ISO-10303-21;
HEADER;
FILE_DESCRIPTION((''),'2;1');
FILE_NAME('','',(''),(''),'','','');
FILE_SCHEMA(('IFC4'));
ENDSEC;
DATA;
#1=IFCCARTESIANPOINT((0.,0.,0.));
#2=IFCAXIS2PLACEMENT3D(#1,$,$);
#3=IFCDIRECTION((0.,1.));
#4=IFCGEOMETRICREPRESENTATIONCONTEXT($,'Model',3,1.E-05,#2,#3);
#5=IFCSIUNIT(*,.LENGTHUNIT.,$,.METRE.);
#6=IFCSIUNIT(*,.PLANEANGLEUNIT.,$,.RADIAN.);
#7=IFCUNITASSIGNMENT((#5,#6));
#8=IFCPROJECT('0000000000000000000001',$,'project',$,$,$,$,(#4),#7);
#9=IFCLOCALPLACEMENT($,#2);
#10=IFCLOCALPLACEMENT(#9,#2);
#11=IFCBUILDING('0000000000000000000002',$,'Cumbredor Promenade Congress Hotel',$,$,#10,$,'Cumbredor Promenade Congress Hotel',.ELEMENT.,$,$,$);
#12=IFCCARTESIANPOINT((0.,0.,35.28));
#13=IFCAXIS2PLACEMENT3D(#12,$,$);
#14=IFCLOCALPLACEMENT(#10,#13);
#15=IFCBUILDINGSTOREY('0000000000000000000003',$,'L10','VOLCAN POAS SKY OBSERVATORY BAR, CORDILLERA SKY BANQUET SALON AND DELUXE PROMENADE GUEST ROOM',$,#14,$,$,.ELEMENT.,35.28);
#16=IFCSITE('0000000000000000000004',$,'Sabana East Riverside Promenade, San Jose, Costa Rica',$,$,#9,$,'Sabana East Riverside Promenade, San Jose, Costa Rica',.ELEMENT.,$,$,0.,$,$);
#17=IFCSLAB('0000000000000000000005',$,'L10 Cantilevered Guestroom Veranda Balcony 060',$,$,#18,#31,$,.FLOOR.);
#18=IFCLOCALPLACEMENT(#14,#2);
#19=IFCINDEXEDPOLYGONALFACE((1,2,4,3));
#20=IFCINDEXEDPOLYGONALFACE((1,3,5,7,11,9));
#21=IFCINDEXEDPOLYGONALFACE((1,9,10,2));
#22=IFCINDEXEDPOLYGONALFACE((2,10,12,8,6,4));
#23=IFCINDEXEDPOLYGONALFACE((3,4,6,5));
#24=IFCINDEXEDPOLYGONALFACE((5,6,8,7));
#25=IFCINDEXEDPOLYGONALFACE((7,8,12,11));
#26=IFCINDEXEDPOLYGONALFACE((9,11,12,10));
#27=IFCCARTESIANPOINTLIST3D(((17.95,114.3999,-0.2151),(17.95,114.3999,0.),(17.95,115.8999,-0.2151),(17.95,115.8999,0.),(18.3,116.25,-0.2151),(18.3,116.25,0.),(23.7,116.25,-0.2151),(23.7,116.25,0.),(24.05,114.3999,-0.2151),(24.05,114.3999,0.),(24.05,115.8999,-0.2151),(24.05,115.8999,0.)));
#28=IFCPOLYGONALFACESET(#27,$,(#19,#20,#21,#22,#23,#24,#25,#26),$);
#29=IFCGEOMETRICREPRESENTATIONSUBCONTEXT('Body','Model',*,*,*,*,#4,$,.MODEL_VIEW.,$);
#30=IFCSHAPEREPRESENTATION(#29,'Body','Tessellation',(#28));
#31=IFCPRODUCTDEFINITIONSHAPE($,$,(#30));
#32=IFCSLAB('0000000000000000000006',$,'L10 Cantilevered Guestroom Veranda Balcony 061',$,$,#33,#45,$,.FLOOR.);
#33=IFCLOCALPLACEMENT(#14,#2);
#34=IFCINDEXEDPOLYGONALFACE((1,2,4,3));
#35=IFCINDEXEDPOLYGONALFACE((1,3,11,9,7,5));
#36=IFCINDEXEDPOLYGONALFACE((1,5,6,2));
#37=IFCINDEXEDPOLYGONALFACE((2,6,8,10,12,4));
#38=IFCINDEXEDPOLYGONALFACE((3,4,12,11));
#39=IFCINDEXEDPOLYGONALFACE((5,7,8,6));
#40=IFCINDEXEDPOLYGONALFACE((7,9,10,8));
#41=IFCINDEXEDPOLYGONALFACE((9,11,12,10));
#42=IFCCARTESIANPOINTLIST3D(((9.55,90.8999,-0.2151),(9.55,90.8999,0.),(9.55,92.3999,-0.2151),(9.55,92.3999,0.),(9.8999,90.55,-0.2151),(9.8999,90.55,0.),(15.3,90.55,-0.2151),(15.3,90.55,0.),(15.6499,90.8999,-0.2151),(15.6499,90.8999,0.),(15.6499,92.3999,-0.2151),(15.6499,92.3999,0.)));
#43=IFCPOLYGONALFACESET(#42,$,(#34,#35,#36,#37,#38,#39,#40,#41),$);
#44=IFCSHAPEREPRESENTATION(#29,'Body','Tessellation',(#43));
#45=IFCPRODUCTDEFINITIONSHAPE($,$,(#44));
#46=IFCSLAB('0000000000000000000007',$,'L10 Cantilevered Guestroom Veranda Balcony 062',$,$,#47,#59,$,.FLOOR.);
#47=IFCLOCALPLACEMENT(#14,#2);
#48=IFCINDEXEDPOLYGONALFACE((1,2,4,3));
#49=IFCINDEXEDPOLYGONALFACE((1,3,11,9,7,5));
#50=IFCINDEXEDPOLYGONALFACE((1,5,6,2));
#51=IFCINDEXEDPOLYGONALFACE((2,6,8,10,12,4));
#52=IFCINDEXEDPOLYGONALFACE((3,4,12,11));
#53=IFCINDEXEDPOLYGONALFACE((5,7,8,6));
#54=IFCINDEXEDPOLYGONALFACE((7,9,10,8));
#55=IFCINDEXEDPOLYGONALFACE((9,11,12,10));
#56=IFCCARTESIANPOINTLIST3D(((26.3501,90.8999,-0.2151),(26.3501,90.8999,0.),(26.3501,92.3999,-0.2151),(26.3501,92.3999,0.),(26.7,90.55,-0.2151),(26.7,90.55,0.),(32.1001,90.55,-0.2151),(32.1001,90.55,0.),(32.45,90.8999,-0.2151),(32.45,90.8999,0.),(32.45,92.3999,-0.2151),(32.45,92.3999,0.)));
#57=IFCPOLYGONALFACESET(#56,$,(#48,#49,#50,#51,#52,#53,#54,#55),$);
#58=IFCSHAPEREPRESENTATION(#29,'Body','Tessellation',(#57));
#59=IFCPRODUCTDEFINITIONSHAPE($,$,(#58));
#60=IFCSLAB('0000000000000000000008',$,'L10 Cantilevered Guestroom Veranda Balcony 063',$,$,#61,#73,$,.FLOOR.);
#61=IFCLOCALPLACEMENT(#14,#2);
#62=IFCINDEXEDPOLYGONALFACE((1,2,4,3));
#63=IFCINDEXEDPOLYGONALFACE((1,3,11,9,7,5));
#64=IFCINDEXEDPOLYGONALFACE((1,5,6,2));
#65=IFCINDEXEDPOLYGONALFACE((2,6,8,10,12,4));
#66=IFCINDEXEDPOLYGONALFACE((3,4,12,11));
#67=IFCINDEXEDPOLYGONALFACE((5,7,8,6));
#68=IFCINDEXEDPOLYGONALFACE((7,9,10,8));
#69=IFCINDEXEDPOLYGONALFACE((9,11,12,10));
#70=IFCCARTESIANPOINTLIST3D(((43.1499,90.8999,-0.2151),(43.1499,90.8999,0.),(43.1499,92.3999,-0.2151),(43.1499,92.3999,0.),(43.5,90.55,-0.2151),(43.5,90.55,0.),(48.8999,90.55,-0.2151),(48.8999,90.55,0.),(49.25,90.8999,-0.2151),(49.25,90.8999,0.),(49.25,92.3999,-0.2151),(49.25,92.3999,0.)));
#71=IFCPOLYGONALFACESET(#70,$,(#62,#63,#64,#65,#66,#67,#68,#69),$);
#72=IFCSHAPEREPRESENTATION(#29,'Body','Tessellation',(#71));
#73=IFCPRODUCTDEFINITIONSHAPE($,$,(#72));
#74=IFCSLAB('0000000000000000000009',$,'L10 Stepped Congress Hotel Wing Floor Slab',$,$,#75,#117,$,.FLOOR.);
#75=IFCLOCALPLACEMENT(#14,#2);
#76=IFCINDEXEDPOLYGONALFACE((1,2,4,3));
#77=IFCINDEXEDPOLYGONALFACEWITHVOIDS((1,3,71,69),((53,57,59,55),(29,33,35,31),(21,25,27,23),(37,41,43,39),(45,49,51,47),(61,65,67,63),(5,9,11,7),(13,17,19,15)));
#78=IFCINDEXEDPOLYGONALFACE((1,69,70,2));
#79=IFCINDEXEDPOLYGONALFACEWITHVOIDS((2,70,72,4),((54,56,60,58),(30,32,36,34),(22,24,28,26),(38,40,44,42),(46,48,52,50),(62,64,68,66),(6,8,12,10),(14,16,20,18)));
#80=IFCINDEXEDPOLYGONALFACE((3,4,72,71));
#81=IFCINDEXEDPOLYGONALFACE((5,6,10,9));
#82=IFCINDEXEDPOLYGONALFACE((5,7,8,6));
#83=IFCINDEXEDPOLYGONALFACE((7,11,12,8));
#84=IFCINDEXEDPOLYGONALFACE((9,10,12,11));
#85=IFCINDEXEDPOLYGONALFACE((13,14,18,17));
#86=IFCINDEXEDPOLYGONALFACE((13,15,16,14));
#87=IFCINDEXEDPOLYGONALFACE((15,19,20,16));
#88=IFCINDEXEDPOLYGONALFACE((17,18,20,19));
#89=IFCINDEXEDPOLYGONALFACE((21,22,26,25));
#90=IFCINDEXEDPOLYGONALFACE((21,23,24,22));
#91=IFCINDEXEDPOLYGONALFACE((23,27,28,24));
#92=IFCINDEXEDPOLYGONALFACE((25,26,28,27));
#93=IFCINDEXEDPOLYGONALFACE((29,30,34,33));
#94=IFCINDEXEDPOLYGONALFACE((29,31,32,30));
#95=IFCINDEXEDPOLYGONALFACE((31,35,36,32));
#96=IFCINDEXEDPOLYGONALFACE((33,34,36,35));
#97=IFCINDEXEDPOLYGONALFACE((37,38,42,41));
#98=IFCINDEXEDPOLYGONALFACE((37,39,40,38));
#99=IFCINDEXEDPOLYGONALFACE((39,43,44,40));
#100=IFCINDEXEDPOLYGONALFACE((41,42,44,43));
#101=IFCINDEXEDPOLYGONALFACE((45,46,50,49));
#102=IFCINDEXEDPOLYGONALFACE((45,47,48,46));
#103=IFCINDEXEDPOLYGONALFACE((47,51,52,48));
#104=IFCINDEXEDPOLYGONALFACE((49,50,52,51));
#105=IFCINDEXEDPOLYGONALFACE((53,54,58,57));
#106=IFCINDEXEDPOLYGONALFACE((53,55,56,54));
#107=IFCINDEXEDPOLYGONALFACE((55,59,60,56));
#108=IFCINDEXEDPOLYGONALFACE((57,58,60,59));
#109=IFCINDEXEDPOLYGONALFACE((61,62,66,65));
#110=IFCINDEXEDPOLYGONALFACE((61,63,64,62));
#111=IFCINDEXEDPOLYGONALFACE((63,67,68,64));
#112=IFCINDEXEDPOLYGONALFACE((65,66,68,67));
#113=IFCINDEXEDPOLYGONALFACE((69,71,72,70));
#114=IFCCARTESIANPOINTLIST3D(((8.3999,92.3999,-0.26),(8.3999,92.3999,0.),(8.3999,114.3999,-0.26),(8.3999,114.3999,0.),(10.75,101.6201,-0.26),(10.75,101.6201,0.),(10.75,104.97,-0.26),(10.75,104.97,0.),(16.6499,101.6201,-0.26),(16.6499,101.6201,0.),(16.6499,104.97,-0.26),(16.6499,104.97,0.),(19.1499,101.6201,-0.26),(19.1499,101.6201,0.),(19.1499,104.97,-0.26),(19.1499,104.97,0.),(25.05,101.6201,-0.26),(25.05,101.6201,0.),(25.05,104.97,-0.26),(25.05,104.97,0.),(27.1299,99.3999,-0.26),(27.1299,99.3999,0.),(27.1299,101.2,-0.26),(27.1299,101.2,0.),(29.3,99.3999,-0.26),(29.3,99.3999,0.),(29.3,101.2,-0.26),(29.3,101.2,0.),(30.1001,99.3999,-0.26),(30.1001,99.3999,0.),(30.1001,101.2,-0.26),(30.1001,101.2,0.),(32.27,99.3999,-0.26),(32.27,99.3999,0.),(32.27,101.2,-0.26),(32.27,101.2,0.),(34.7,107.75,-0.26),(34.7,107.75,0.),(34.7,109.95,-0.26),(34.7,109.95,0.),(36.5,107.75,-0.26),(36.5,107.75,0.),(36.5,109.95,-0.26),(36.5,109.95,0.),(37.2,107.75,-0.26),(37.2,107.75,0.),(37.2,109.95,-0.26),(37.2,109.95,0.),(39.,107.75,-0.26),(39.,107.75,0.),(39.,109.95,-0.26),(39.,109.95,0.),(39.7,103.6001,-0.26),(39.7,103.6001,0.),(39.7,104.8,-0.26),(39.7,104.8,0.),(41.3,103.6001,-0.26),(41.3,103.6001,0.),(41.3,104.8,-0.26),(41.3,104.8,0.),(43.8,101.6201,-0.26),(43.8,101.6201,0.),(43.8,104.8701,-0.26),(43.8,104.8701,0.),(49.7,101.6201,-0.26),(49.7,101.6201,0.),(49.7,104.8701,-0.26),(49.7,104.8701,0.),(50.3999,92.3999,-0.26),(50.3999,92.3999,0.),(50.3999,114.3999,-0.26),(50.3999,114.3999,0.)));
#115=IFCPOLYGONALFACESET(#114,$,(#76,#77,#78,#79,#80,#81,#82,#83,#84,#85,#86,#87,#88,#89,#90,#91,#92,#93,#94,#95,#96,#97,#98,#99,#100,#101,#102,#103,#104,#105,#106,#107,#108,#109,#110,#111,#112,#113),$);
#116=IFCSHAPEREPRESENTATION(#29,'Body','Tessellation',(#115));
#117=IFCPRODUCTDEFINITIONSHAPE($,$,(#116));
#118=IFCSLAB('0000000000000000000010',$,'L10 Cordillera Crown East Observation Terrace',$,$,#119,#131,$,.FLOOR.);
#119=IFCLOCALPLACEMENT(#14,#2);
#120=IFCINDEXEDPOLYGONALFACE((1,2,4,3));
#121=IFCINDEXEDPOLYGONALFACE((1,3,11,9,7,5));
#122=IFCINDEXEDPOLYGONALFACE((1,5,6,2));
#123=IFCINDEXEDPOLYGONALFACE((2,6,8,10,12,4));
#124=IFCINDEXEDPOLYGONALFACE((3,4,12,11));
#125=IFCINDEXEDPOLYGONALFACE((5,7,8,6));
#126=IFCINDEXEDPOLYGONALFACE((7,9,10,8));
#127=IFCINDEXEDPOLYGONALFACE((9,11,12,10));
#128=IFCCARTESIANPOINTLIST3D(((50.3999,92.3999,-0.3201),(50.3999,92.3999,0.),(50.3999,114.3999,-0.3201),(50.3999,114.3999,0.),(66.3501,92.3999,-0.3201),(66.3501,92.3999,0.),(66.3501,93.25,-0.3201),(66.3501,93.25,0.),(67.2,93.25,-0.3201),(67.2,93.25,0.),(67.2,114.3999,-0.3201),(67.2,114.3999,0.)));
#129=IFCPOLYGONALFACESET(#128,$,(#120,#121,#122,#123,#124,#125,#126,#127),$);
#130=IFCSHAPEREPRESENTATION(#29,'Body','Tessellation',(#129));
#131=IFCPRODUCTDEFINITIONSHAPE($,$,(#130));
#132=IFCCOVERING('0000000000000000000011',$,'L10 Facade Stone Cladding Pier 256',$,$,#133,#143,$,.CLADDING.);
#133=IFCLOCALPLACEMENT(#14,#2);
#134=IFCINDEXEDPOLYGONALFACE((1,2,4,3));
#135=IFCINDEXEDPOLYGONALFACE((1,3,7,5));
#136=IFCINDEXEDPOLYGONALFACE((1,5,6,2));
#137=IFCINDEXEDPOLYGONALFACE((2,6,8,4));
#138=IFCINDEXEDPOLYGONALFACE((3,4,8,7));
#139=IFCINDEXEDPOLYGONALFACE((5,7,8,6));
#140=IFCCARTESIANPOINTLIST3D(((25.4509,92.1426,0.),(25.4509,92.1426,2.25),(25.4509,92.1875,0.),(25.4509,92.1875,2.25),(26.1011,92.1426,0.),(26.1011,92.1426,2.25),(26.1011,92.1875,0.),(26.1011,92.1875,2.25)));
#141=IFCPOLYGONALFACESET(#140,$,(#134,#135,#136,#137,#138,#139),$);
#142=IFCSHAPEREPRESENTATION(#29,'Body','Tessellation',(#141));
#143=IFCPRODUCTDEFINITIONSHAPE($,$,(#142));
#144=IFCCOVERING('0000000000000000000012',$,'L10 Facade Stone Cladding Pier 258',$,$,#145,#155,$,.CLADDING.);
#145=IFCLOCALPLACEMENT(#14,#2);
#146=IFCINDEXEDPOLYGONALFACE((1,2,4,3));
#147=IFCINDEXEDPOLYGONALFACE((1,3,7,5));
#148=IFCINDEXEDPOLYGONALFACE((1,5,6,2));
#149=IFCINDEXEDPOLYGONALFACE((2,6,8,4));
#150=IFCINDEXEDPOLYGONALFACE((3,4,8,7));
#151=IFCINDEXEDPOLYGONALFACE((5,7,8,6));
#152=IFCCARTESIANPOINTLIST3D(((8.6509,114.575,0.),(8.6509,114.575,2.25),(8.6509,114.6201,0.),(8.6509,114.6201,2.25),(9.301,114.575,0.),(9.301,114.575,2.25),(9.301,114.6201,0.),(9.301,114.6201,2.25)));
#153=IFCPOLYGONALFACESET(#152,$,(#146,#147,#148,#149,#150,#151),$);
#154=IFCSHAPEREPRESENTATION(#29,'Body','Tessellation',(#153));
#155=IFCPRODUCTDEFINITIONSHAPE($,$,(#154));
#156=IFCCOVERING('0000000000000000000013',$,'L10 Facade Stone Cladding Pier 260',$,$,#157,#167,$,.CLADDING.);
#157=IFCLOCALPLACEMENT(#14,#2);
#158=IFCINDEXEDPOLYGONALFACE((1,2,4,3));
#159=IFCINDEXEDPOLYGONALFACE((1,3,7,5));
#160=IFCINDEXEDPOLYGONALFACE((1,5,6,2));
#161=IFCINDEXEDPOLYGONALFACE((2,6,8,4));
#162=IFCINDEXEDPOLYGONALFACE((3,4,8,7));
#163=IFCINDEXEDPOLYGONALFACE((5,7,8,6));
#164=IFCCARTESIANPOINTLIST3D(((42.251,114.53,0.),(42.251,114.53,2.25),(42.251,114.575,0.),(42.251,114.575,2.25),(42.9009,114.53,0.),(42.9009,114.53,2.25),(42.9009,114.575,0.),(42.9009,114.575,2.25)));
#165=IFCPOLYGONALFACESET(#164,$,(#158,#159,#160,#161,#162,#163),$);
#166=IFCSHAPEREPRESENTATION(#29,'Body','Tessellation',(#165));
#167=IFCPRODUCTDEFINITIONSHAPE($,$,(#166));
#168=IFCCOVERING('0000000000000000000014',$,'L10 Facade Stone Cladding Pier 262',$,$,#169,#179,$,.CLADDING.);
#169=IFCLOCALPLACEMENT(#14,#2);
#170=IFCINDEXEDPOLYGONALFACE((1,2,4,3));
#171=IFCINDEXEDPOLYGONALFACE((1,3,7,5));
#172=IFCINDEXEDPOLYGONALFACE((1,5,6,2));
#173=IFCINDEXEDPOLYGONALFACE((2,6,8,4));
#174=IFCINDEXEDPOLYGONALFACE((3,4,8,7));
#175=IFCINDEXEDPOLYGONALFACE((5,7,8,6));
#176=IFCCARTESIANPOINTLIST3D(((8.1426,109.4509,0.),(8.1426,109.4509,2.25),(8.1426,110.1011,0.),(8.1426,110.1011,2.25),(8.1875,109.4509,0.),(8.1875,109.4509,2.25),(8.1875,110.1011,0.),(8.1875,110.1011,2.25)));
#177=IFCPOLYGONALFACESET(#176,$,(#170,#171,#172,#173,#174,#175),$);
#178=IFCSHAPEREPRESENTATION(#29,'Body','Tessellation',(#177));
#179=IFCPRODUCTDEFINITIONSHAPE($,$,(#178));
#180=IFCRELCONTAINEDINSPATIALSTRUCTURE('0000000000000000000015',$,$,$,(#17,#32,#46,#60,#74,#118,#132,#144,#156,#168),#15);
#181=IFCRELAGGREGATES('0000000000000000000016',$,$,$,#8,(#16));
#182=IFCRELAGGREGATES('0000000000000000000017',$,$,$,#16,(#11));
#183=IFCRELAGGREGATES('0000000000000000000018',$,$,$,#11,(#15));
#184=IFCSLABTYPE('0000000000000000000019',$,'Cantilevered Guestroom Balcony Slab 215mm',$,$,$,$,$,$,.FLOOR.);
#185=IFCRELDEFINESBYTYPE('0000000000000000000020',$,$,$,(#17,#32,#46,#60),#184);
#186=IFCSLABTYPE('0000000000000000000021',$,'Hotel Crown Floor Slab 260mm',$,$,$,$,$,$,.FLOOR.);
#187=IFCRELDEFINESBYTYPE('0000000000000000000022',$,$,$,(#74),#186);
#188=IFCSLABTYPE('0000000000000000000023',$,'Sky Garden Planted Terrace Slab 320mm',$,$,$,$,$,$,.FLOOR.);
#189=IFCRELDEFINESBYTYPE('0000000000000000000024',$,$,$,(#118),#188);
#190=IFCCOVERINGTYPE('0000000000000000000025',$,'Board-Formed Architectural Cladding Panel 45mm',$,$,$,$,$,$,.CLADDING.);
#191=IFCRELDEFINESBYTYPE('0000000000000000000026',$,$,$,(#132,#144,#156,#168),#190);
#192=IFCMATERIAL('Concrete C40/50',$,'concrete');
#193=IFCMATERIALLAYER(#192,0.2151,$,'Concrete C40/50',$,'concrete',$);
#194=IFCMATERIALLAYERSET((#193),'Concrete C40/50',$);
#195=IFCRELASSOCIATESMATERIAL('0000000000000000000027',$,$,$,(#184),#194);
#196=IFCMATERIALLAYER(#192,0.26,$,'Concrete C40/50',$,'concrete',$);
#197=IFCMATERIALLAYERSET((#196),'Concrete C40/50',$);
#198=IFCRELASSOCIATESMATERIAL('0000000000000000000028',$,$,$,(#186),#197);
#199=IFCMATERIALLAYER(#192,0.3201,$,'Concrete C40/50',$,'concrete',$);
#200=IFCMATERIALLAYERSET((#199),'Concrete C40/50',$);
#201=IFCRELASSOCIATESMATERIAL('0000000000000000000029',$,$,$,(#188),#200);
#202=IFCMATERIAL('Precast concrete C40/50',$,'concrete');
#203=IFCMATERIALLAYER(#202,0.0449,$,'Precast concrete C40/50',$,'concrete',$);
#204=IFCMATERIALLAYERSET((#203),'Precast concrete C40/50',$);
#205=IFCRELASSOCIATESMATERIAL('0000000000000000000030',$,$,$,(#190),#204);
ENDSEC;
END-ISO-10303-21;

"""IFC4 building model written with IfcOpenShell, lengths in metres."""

from ifc_helpers import new_model, si_unit, direction, frame, origin, place, context, subcontext, project, spatial, polyline, outline, extrude, material, layer, layer_set, type_object, element, save


model = new_model("IFC4")

# Units and contexts
model_context = context("Model", 3, precision=1e-05, world=origin(), true_north=direction((0.0, 1.0)))
body_context = subcontext(model_context, "Body", "Model", "MODEL_VIEW")
ifc_project = project(units=[si_unit("LENGTHUNIT", "METRE"), si_unit("PLANEANGLEUNIT", "RADIAN")], contexts=[model_context])

# Site, building, storey
site_placement = place(None, origin())
site = spatial("IfcSite", under=ifc_project, at=site_placement, Name="Sabana East Riverside Promenade, San Jose, Costa Rica", LongName="Sabana East Riverside Promenade, San Jose, Costa Rica", CompositionType="ELEMENT", RefElevation=0.0)
building_placement = place(site_placement, origin())
building = spatial("IfcBuilding", under=site, at=building_placement, Name="Cumbredor Promenade Congress Hotel", LongName="Cumbredor Promenade Congress Hotel", CompositionType="ELEMENT")
storey_placement = place(building_placement, frame((0.0, 0.0, 35.28)))
storey = spatial("IfcBuildingStorey", under=building, at=storey_placement, Name="L10", Description="VOLCAN POAS SKY OBSERVATORY BAR, CORDILLERA SKY BANQUET SALON AND DELUXE PROMENADE GUEST ROOM", CompositionType="ELEMENT", Elevation=35.28)

# Slabs
ifc_material_1 = material(Name="Concrete C40/50", Category="concrete")
ifc_layer_1 = layer(ifc_material_1, 0.2151, Name="Concrete C40/50", Category="concrete")
ifc_layer_set_1 = layer_set([ifc_layer_1], Name="Concrete C40/50")
slab_type_1 = type_object("IfcSlabType", Name="Cantilevered Guestroom Balcony Slab 215mm", PredefinedType="FLOOR", material=ifc_layer_set_1)
slab_1_placement = place(storey_placement, frame((0.0, 0.0, -0.2151)))
element("IfcSlab", 1, at=slab_1_placement, inside=storey, type_object=slab_type_1, Name="L10 Cantilevered Guestroom Veranda Balcony 060", PredefinedType="FLOOR", context=body_context, shape_type="SweptSolid", body=[
    extrude(outline(polyline([(17.95, 114.3999), (24.05, 114.3999), (24.05, 115.8999), (23.7, 116.25), (18.3, 116.25), (17.95, 115.8999), (17.95, 114.3999)])), origin(), (0.0, 0.0, 1.0), 0.2151),
])
slab_2_placement = place(storey_placement, frame((0.0, 0.0, -0.2151)))
element("IfcSlab", 2, at=slab_2_placement, inside=storey, type_object=slab_type_1, Name="L10 Cantilevered Guestroom Veranda Balcony 061", PredefinedType="FLOOR", context=body_context, shape_type="SweptSolid", body=[
    extrude(outline(polyline([(9.8999, 90.55), (15.3, 90.55), (15.6499, 90.8999), (15.6499, 92.3999), (9.55, 92.3999), (9.55, 90.8999), (9.8999, 90.55)])), origin(), (0.0, 0.0, 1.0), 0.2151),
])
slab_3_placement = place(storey_placement, frame((0.0, 0.0, -0.2151)))
element("IfcSlab", 3, at=slab_3_placement, inside=storey, type_object=slab_type_1, Name="L10 Cantilevered Guestroom Veranda Balcony 062", PredefinedType="FLOOR", context=body_context, shape_type="SweptSolid", body=[
    extrude(outline(polyline([(26.7, 90.55), (32.1001, 90.55), (32.45, 90.8999), (32.45, 92.3999), (26.3501, 92.3999), (26.3501, 90.8999), (26.7, 90.55)])), origin(), (0.0, 0.0, 1.0), 0.2151),
])
slab_4_placement = place(storey_placement, frame((0.0, 0.0, -0.2151)))
element("IfcSlab", 4, at=slab_4_placement, inside=storey, type_object=slab_type_1, Name="L10 Cantilevered Guestroom Veranda Balcony 063", PredefinedType="FLOOR", context=body_context, shape_type="SweptSolid", body=[
    extrude(outline(polyline([(43.5, 90.55), (48.8999, 90.55), (49.25, 90.8999), (49.25, 92.3999), (43.1499, 92.3999), (43.1499, 90.8999), (43.5, 90.55)])), origin(), (0.0, 0.0, 1.0), 0.2151),
])
ifc_layer_2 = layer(ifc_material_1, 0.26, Name="Concrete C40/50", Category="concrete")
ifc_layer_set_2 = layer_set([ifc_layer_2], Name="Concrete C40/50")
slab_type_2 = type_object("IfcSlabType", Name="Hotel Crown Floor Slab 260mm", PredefinedType="FLOOR", material=ifc_layer_set_2)
slab_5_placement = place(storey_placement, frame((0.0, 0.0, -0.26)))
element("IfcSlab", 5, at=slab_5_placement, inside=storey, type_object=slab_type_2, Name="L10 Stepped Congress Hotel Wing Floor Slab", PredefinedType="FLOOR", context=body_context, shape_type="SweptSolid", body=[
    extrude(outline(polyline([(8.3999, 92.3999), (50.3999, 92.3999), (50.3999, 114.3999), (8.3999, 114.3999), (8.3999, 92.3999)]), holes=[polyline([(10.75, 101.6201), (16.6499, 101.6201), (16.6499, 104.97), (10.75, 104.97), (10.75, 101.6201)]), polyline([(19.1499, 101.6201), (25.05, 101.6201), (25.05, 104.97), (19.1499, 104.97), (19.1499, 101.6201)]), polyline([(43.8, 101.6201), (49.7, 101.6201), (49.7, 104.8701), (43.8, 104.8701), (43.8, 101.6201)]), polyline([(27.1299, 99.3999), (29.3, 99.3999), (29.3, 101.2), (27.1299, 101.2), (27.1299, 99.3999)]), polyline([(30.1001, 99.3999), (32.27, 99.3999), (32.27, 101.2), (30.1001, 101.2), (30.1001, 99.3999)]), polyline([(34.7, 107.75), (36.5, 107.75), (36.5, 109.95), (34.7, 109.95), (34.7, 107.75)]), polyline([(37.2, 107.75), (39.0, 107.75), (39.0, 109.95), (37.2, 109.95), (37.2, 107.75)]), polyline([(39.7, 103.6001), (41.3, 103.6001), (41.3, 104.8), (39.7, 104.8), (39.7, 103.6001)])]), origin(), (0.0, 0.0, 1.0), 0.26),
])
ifc_layer_3 = layer(ifc_material_1, 0.3201, Name="Concrete C40/50", Category="concrete")
ifc_layer_set_3 = layer_set([ifc_layer_3], Name="Concrete C40/50")
slab_type_3 = type_object("IfcSlabType", Name="Sky Garden Planted Terrace Slab 320mm", PredefinedType="FLOOR", material=ifc_layer_set_3)
slab_6_placement = place(storey_placement, frame((0.0, 0.0, -0.3201)))
element("IfcSlab", 6, at=slab_6_placement, inside=storey, type_object=slab_type_3, Name="L10 Cordillera Crown East Observation Terrace", PredefinedType="FLOOR", context=body_context, shape_type="SweptSolid", body=[
    extrude(outline(polyline([(50.3999, 92.3999), (66.3501, 92.3999), (66.3501, 93.25), (67.2, 93.25), (67.2, 114.3999), (50.3999, 114.3999), (50.3999, 92.3999)])), origin(), (0.0, 0.0, 1.0), 0.3201),
])

# Coverings
ifc_material_2 = material(Name="Precast concrete C40/50", Category="concrete")
ifc_layer_4 = layer(ifc_material_2, 0.0449, Name="Precast concrete C40/50", Category="concrete")
ifc_layer_set_4 = layer_set([ifc_layer_4], Name="Precast concrete C40/50")
covering_type_1 = type_object("IfcCoveringType", Name="Board-Formed Architectural Cladding Panel 45mm", PredefinedType="CLADDING", material=ifc_layer_set_4)
covering_1_placement = place(storey_placement, origin())
element("IfcCovering", 7, at=covering_1_placement, inside=storey, type_object=covering_type_1, Name="L10 Facade Stone Cladding Pier 256", PredefinedType="CLADDING", context=body_context, shape_type="SweptSolid", body=[
    extrude(outline(polyline([(25.4509, 92.1875), (26.1011, 92.1875), (26.1011, 92.1426), (25.4509, 92.1426), (25.4509, 92.1875)])), origin(), (0.0, 0.0, 1.0), 2.25),
])
covering_2_placement = place(storey_placement, origin())
element("IfcCovering", 8, at=covering_2_placement, inside=storey, type_object=covering_type_1, Name="L10 Facade Stone Cladding Pier 258", PredefinedType="CLADDING", context=body_context, shape_type="SweptSolid", body=[
    extrude(outline(polyline([(8.6509, 114.575), (9.301, 114.575), (9.301, 114.6201), (8.6509, 114.6201), (8.6509, 114.575)])), origin(), (0.0, 0.0, 1.0), 2.25),
])
covering_3_placement = place(storey_placement, origin())
element("IfcCovering", 9, at=covering_3_placement, inside=storey, type_object=covering_type_1, Name="L10 Facade Stone Cladding Pier 260", PredefinedType="CLADDING", context=body_context, shape_type="SweptSolid", body=[
    extrude(outline(polyline([(42.251, 114.53), (42.9009, 114.53), (42.9009, 114.575), (42.251, 114.575), (42.251, 114.53)])), origin(), (0.0, 0.0, 1.0), 2.25),
])
covering_4_placement = place(storey_placement, origin())
element("IfcCovering", 10, at=covering_4_placement, inside=storey, type_object=covering_type_1, Name="L10 Facade Stone Cladding Pier 262", PredefinedType="CLADDING", context=body_context, shape_type="SweptSolid", body=[
    extrude(outline(polyline([(8.1875, 109.4509), (8.1875, 110.1011), (8.1426, 110.1011), (8.1426, 109.4509), (8.1875, 109.4509)])), origin(), (0.0, 0.0, 1.0), 2.25),
])

save(model, "model.ifc")
